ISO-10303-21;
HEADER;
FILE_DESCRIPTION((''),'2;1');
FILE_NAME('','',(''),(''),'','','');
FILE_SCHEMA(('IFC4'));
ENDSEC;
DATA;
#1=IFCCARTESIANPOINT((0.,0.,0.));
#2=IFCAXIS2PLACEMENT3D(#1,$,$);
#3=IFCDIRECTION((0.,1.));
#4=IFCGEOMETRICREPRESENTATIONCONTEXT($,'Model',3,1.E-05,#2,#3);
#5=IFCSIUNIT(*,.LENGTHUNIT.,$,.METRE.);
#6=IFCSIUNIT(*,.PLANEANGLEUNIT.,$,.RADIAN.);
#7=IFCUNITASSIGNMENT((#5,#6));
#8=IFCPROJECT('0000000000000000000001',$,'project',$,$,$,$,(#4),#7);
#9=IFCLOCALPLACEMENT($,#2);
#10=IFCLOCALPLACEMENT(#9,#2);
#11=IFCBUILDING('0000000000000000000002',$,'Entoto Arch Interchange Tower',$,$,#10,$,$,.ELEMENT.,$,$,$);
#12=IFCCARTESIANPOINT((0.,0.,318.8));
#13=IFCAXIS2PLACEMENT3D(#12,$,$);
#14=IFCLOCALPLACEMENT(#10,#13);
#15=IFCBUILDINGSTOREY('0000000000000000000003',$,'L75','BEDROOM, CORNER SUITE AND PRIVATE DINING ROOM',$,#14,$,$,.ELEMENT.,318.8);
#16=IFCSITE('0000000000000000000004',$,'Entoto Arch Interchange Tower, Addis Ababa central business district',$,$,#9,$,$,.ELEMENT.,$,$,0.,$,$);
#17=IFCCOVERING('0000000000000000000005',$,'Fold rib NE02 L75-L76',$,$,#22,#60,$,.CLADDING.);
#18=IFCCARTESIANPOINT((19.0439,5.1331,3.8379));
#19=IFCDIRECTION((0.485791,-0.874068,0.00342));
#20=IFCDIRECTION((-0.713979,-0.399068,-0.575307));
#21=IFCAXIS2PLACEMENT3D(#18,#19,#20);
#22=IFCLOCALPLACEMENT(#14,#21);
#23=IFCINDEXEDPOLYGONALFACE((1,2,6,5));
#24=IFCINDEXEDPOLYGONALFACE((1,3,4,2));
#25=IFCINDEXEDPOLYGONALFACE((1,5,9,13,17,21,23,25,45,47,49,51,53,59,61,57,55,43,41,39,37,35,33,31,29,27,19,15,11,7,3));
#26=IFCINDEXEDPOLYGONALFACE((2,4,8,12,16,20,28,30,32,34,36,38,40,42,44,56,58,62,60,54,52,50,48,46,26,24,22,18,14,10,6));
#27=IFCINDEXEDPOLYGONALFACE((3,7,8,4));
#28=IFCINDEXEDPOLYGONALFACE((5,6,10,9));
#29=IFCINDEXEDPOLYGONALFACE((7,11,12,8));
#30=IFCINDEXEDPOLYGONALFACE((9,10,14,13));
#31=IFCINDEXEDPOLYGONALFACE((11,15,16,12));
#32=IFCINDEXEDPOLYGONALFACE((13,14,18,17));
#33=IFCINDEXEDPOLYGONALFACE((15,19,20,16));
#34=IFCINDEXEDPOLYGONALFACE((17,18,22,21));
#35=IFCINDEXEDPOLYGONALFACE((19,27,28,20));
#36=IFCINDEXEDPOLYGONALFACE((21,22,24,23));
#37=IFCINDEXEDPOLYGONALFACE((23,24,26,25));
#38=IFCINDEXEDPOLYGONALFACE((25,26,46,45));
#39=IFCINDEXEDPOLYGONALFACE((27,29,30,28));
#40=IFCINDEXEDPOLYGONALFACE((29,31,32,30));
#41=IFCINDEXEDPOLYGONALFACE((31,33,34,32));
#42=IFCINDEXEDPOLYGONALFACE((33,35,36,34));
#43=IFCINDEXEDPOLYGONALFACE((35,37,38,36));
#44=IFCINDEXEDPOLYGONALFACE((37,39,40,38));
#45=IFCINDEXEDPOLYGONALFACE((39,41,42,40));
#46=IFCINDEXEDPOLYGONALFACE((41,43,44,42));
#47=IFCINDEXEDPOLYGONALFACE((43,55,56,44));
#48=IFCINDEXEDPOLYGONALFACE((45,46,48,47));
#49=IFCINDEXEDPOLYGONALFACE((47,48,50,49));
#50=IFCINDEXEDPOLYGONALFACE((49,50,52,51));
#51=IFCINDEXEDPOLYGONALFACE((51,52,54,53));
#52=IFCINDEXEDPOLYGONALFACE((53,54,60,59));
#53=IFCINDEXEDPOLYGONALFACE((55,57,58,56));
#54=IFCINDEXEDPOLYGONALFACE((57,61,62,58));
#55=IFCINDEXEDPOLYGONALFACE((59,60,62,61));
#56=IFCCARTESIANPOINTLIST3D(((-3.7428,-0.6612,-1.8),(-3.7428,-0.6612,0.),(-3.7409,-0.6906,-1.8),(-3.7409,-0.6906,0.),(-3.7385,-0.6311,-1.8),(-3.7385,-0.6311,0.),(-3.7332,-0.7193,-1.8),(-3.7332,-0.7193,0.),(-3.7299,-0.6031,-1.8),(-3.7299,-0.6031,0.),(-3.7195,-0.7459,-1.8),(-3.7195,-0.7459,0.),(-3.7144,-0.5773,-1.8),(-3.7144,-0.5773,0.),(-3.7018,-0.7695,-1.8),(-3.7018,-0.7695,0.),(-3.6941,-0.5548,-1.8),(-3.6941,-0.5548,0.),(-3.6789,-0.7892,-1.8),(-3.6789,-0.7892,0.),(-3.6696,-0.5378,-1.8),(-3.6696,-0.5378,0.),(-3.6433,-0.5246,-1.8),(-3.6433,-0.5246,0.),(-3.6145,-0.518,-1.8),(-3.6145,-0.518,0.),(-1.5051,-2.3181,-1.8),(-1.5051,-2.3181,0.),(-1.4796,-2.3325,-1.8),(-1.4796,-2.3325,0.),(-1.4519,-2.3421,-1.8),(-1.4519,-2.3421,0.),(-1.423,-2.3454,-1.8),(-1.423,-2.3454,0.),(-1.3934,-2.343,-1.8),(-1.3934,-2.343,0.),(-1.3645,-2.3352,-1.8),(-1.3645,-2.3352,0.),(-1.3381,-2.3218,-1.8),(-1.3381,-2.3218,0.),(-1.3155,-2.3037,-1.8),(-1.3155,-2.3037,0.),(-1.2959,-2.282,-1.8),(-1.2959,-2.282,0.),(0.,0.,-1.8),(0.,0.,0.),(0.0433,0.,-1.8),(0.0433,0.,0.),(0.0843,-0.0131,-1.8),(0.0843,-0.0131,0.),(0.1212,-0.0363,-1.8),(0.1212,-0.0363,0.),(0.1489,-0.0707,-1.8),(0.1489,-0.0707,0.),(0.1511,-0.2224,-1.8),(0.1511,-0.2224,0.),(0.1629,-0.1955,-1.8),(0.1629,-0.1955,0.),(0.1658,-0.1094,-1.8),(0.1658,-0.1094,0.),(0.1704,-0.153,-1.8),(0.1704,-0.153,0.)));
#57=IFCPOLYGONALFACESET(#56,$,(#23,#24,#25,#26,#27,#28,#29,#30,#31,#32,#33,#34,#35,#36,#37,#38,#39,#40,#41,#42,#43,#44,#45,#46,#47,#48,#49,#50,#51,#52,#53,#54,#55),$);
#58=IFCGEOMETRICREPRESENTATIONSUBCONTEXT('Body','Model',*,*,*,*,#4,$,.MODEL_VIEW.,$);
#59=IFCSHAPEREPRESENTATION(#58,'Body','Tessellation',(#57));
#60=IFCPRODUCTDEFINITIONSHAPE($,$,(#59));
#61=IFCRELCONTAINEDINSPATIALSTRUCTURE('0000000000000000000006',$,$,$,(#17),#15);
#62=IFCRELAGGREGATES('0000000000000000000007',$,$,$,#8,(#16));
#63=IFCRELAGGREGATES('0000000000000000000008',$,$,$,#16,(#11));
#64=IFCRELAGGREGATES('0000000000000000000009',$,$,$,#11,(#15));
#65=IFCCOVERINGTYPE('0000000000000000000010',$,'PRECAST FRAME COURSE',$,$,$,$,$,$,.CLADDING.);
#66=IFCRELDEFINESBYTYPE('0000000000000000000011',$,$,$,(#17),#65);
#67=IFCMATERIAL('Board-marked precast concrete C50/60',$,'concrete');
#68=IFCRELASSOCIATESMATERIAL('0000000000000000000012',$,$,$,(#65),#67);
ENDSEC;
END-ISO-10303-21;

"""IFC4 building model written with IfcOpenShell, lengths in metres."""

from ifc_helpers import new_model, si_unit, direction, frame, origin, place, context, subcontext, project, spatial, polyline, outline, extrude, material, type_object, element, save


model = new_model("IFC4")

# Units and contexts
model_context = context("Model", 3, precision=1e-05, world=origin(), true_north=direction((0.0, 1.0)))
body_context = subcontext(model_context, "Body", "Model", "MODEL_VIEW")
ifc_project = project(units=[si_unit("LENGTHUNIT", "METRE"), si_unit("PLANEANGLEUNIT", "RADIAN")], contexts=[model_context])

# Site, building, storey
site_placement = place(None, origin())
site = spatial("IfcSite", under=ifc_project, at=site_placement, Name="Entoto Arch Interchange Tower, Addis Ababa central business district", CompositionType="ELEMENT", RefElevation=0.0)
building_placement = place(site_placement, origin())
building = spatial("IfcBuilding", under=site, at=building_placement, Name="Entoto Arch Interchange Tower", CompositionType="ELEMENT")
storey_placement = place(building_placement, frame((0.0, 0.0, 318.8)))
storey = spatial("IfcBuildingStorey", under=building, at=storey_placement, Name="L75", Description="BEDROOM, CORNER SUITE AND PRIVATE DINING ROOM", CompositionType="ELEMENT", Elevation=318.8)

# Shared definitions
ifc_material_1 = material(Name="Board-marked precast concrete C50/60", Category="concrete")

# Covering
covering_type = type_object("IfcCoveringType", Name="PRECAST FRAME COURSE", PredefinedType="CLADDING", material=ifc_material_1)
covering_placement = place(storey_placement, frame((19.0439, 5.1331, 3.8379), z_axis=(0.485791, -0.874068, 0.00342), x_axis=(-0.713979, -0.399068, -0.575307)))
element("IfcCovering", 1, at=covering_placement, inside=storey, type_object=covering_type, Name="Fold rib NE02 L75-L76", PredefinedType="CLADDING", context=body_context, shape_type="SweptSolid", body=[
    extrude(outline(polyline([(0.0, 0.0), (0.0433, 0.0), (0.0843, -0.0131), (0.1212, -0.0363), (0.1489, -0.0707), (0.1658, -0.1094), (0.1704, -0.153), (0.1629, -0.1955), (0.1511, -0.2224), (-1.2959, -2.282), (-1.3155, -2.3037), (-1.3381, -2.3218), (-1.3645, -2.3352), (-1.3934, -2.343), (-1.423, -2.3454), (-1.4519, -2.3421), (-1.4796, -2.3325), (-1.5051, -2.3181), (-3.6789, -0.7892), (-3.7018, -0.7695), (-3.7195, -0.7459), (-3.7332, -0.7193), (-3.7409, -0.6906), (-3.7428, -0.6612), (-3.7385, -0.6311), (-3.7299, -0.6031), (-3.7144, -0.5773), (-3.6941, -0.5548), (-3.6696, -0.5378), (-3.6433, -0.5246), (-3.6145, -0.518), (0.0, 0.0)])), origin(), (0.0, 0.0, -1.0), 1.8),
])

save(model, "model.ifc")
